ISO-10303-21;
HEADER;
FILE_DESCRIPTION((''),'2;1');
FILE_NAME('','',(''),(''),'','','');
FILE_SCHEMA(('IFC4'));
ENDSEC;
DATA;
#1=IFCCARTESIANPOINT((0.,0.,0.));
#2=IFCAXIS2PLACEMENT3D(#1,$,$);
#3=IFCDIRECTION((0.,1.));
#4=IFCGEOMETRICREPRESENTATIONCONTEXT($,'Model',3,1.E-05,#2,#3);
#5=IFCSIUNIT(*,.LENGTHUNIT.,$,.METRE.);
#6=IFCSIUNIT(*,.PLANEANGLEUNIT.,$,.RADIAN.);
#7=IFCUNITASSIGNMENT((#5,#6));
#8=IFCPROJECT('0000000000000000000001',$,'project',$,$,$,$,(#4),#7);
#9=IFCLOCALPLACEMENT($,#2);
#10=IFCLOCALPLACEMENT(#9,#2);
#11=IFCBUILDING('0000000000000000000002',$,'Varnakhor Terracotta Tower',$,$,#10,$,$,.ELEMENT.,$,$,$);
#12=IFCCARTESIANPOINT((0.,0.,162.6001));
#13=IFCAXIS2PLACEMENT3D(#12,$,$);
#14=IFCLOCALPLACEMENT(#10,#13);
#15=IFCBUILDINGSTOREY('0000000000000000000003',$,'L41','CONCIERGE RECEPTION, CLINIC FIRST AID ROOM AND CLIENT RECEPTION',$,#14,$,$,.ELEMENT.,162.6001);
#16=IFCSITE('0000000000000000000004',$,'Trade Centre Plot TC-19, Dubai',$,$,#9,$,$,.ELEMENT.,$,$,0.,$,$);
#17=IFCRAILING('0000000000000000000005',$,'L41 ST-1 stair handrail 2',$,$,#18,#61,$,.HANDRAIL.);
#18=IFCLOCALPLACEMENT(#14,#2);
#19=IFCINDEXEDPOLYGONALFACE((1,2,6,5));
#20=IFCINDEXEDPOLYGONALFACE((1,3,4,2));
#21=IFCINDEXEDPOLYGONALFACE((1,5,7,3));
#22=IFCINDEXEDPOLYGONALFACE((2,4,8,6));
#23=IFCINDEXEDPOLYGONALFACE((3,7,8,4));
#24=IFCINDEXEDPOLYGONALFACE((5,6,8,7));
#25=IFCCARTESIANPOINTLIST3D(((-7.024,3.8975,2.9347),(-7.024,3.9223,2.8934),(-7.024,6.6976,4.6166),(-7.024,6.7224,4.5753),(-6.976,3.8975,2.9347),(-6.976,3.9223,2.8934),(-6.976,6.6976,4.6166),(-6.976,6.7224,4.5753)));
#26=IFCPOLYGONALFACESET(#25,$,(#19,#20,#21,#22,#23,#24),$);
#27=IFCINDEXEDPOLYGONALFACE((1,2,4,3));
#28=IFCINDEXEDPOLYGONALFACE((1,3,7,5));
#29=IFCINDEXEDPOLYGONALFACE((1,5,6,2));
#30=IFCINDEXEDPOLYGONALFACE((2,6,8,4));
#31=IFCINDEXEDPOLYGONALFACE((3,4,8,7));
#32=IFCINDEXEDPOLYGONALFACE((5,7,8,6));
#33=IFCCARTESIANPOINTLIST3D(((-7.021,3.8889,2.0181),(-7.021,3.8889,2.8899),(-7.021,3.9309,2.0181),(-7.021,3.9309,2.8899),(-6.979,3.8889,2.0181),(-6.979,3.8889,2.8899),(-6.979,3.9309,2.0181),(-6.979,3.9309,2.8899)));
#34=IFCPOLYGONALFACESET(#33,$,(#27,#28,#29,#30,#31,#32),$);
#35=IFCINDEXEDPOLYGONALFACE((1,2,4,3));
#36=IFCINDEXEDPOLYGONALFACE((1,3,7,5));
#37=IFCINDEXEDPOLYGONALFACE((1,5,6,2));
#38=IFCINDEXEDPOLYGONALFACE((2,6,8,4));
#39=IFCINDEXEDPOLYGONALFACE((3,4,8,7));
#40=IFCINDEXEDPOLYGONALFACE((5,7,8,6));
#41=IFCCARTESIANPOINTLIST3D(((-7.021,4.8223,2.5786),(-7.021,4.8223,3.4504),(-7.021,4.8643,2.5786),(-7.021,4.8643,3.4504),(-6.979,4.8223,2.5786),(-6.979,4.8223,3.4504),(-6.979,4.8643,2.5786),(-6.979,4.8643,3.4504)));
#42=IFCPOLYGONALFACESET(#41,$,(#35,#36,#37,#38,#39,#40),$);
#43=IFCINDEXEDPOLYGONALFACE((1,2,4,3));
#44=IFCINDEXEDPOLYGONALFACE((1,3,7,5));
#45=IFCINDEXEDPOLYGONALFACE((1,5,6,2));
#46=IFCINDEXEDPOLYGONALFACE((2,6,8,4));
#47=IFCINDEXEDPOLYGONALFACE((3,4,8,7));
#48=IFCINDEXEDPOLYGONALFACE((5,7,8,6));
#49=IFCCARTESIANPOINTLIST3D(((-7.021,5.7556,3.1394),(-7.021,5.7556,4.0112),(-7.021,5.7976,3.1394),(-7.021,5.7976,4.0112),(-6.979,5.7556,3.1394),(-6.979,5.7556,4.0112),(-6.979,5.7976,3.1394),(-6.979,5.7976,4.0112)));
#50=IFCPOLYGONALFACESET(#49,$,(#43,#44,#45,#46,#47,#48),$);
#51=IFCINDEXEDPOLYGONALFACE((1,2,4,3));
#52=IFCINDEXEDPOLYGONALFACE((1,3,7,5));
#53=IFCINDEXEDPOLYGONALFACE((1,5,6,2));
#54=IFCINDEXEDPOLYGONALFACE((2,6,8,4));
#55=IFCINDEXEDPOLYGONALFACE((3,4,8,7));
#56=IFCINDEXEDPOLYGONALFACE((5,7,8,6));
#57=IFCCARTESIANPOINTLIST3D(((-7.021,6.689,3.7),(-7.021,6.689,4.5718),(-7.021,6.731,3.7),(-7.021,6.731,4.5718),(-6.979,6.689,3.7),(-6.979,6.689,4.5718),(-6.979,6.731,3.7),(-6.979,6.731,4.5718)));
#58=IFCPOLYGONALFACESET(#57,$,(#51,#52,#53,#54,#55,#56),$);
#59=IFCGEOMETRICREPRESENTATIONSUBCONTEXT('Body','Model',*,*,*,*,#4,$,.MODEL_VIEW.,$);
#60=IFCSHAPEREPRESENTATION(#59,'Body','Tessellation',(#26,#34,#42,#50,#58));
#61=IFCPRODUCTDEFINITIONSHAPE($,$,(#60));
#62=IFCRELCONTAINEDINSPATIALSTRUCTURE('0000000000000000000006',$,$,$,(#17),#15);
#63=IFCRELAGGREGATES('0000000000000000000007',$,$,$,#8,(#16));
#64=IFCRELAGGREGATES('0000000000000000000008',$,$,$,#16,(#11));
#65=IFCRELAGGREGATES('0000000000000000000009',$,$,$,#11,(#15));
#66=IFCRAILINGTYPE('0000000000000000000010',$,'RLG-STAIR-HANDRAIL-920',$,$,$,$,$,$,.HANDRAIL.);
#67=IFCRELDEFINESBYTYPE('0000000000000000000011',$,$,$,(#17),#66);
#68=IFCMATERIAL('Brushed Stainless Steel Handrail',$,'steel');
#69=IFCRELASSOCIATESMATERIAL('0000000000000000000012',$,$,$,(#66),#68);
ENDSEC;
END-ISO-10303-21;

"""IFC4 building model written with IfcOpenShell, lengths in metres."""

from ifc_helpers import new_model, si_unit, direction, frame, origin, origin_2d, place, context, subcontext, project, spatial, rectangle, extrude, material, type_object, element, save


model = new_model("IFC4")

# Units and contexts
model_context = context("Model", 3, precision=1e-05, world=origin(), true_north=direction((0.0, 1.0)))
body_context = subcontext(model_context, "Body", "Model", "MODEL_VIEW")
ifc_project = project(units=[si_unit("LENGTHUNIT", "METRE"), si_unit("PLANEANGLEUNIT", "RADIAN")], contexts=[model_context])

# Site, building, storey
site_placement = place(None, origin())
site = spatial("IfcSite", under=ifc_project, at=site_placement, Name="Trade Centre Plot TC-19, Dubai", CompositionType="ELEMENT", RefElevation=0.0)
building_placement = place(site_placement, origin())
building = spatial("IfcBuilding", under=site, at=building_placement, Name="Varnakhor Terracotta Tower", CompositionType="ELEMENT")
storey_placement = place(building_placement, frame((0.0, 0.0, 162.6001)))
storey = spatial("IfcBuildingStorey", under=building, at=storey_placement, Name="L41", Description="CONCIERGE RECEPTION, CLINIC FIRST AID ROOM AND CLIENT RECEPTION", CompositionType="ELEMENT", Elevation=162.6001)

# Railing
ifc_material_1 = material(Name="Brushed Stainless Steel Handrail", Category="steel")
railing_type_1 = type_object("IfcRailingType", Name="RLG-STAIR-HANDRAIL-920", PredefinedType="HANDRAIL", material=ifc_material_1)
railing_1_placement = place(storey_placement, frame((-7.0, 3.9099, 2.0181)))
element("IfcRailing", 1, at=railing_1_placement, inside=storey, type_object=railing_type_1, Name="L41 ST-1 stair handrail 2", PredefinedType="HANDRAIL", context=body_context, shape_type="SweptSolid", body=[
    extrude(rectangle(XDim=0.0481, YDim=0.0481, at=origin_2d()), frame((0.0, 0.0, 0.896), z_axis=(0.0, 0.857242, 0.514913), x_axis=(-1.0, 0.0, 0.0)), (0.0, 0.0, 1.0), 3.2664),
    extrude(rectangle(XDim=0.042, YDim=0.042, at=origin_2d()), origin(), (0.0, 0.0, 1.0), 0.8718),
    extrude(rectangle(XDim=0.042, YDim=0.042, at=origin_2d()), frame((0.0, 0.9333, 0.5605)), (0.0, 0.0, 1.0), 0.8718),
    extrude(rectangle(XDim=0.042, YDim=0.042, at=origin_2d()), frame((0.0, 1.8667, 1.1213)), (0.0, 0.0, 1.0), 0.8718),
    extrude(rectangle(XDim=0.042, YDim=0.042, at=origin_2d()), frame((0.0, 2.8, 1.6819)), (0.0, 0.0, 1.0), 0.8718),
])

save(model, "model.ifc")
